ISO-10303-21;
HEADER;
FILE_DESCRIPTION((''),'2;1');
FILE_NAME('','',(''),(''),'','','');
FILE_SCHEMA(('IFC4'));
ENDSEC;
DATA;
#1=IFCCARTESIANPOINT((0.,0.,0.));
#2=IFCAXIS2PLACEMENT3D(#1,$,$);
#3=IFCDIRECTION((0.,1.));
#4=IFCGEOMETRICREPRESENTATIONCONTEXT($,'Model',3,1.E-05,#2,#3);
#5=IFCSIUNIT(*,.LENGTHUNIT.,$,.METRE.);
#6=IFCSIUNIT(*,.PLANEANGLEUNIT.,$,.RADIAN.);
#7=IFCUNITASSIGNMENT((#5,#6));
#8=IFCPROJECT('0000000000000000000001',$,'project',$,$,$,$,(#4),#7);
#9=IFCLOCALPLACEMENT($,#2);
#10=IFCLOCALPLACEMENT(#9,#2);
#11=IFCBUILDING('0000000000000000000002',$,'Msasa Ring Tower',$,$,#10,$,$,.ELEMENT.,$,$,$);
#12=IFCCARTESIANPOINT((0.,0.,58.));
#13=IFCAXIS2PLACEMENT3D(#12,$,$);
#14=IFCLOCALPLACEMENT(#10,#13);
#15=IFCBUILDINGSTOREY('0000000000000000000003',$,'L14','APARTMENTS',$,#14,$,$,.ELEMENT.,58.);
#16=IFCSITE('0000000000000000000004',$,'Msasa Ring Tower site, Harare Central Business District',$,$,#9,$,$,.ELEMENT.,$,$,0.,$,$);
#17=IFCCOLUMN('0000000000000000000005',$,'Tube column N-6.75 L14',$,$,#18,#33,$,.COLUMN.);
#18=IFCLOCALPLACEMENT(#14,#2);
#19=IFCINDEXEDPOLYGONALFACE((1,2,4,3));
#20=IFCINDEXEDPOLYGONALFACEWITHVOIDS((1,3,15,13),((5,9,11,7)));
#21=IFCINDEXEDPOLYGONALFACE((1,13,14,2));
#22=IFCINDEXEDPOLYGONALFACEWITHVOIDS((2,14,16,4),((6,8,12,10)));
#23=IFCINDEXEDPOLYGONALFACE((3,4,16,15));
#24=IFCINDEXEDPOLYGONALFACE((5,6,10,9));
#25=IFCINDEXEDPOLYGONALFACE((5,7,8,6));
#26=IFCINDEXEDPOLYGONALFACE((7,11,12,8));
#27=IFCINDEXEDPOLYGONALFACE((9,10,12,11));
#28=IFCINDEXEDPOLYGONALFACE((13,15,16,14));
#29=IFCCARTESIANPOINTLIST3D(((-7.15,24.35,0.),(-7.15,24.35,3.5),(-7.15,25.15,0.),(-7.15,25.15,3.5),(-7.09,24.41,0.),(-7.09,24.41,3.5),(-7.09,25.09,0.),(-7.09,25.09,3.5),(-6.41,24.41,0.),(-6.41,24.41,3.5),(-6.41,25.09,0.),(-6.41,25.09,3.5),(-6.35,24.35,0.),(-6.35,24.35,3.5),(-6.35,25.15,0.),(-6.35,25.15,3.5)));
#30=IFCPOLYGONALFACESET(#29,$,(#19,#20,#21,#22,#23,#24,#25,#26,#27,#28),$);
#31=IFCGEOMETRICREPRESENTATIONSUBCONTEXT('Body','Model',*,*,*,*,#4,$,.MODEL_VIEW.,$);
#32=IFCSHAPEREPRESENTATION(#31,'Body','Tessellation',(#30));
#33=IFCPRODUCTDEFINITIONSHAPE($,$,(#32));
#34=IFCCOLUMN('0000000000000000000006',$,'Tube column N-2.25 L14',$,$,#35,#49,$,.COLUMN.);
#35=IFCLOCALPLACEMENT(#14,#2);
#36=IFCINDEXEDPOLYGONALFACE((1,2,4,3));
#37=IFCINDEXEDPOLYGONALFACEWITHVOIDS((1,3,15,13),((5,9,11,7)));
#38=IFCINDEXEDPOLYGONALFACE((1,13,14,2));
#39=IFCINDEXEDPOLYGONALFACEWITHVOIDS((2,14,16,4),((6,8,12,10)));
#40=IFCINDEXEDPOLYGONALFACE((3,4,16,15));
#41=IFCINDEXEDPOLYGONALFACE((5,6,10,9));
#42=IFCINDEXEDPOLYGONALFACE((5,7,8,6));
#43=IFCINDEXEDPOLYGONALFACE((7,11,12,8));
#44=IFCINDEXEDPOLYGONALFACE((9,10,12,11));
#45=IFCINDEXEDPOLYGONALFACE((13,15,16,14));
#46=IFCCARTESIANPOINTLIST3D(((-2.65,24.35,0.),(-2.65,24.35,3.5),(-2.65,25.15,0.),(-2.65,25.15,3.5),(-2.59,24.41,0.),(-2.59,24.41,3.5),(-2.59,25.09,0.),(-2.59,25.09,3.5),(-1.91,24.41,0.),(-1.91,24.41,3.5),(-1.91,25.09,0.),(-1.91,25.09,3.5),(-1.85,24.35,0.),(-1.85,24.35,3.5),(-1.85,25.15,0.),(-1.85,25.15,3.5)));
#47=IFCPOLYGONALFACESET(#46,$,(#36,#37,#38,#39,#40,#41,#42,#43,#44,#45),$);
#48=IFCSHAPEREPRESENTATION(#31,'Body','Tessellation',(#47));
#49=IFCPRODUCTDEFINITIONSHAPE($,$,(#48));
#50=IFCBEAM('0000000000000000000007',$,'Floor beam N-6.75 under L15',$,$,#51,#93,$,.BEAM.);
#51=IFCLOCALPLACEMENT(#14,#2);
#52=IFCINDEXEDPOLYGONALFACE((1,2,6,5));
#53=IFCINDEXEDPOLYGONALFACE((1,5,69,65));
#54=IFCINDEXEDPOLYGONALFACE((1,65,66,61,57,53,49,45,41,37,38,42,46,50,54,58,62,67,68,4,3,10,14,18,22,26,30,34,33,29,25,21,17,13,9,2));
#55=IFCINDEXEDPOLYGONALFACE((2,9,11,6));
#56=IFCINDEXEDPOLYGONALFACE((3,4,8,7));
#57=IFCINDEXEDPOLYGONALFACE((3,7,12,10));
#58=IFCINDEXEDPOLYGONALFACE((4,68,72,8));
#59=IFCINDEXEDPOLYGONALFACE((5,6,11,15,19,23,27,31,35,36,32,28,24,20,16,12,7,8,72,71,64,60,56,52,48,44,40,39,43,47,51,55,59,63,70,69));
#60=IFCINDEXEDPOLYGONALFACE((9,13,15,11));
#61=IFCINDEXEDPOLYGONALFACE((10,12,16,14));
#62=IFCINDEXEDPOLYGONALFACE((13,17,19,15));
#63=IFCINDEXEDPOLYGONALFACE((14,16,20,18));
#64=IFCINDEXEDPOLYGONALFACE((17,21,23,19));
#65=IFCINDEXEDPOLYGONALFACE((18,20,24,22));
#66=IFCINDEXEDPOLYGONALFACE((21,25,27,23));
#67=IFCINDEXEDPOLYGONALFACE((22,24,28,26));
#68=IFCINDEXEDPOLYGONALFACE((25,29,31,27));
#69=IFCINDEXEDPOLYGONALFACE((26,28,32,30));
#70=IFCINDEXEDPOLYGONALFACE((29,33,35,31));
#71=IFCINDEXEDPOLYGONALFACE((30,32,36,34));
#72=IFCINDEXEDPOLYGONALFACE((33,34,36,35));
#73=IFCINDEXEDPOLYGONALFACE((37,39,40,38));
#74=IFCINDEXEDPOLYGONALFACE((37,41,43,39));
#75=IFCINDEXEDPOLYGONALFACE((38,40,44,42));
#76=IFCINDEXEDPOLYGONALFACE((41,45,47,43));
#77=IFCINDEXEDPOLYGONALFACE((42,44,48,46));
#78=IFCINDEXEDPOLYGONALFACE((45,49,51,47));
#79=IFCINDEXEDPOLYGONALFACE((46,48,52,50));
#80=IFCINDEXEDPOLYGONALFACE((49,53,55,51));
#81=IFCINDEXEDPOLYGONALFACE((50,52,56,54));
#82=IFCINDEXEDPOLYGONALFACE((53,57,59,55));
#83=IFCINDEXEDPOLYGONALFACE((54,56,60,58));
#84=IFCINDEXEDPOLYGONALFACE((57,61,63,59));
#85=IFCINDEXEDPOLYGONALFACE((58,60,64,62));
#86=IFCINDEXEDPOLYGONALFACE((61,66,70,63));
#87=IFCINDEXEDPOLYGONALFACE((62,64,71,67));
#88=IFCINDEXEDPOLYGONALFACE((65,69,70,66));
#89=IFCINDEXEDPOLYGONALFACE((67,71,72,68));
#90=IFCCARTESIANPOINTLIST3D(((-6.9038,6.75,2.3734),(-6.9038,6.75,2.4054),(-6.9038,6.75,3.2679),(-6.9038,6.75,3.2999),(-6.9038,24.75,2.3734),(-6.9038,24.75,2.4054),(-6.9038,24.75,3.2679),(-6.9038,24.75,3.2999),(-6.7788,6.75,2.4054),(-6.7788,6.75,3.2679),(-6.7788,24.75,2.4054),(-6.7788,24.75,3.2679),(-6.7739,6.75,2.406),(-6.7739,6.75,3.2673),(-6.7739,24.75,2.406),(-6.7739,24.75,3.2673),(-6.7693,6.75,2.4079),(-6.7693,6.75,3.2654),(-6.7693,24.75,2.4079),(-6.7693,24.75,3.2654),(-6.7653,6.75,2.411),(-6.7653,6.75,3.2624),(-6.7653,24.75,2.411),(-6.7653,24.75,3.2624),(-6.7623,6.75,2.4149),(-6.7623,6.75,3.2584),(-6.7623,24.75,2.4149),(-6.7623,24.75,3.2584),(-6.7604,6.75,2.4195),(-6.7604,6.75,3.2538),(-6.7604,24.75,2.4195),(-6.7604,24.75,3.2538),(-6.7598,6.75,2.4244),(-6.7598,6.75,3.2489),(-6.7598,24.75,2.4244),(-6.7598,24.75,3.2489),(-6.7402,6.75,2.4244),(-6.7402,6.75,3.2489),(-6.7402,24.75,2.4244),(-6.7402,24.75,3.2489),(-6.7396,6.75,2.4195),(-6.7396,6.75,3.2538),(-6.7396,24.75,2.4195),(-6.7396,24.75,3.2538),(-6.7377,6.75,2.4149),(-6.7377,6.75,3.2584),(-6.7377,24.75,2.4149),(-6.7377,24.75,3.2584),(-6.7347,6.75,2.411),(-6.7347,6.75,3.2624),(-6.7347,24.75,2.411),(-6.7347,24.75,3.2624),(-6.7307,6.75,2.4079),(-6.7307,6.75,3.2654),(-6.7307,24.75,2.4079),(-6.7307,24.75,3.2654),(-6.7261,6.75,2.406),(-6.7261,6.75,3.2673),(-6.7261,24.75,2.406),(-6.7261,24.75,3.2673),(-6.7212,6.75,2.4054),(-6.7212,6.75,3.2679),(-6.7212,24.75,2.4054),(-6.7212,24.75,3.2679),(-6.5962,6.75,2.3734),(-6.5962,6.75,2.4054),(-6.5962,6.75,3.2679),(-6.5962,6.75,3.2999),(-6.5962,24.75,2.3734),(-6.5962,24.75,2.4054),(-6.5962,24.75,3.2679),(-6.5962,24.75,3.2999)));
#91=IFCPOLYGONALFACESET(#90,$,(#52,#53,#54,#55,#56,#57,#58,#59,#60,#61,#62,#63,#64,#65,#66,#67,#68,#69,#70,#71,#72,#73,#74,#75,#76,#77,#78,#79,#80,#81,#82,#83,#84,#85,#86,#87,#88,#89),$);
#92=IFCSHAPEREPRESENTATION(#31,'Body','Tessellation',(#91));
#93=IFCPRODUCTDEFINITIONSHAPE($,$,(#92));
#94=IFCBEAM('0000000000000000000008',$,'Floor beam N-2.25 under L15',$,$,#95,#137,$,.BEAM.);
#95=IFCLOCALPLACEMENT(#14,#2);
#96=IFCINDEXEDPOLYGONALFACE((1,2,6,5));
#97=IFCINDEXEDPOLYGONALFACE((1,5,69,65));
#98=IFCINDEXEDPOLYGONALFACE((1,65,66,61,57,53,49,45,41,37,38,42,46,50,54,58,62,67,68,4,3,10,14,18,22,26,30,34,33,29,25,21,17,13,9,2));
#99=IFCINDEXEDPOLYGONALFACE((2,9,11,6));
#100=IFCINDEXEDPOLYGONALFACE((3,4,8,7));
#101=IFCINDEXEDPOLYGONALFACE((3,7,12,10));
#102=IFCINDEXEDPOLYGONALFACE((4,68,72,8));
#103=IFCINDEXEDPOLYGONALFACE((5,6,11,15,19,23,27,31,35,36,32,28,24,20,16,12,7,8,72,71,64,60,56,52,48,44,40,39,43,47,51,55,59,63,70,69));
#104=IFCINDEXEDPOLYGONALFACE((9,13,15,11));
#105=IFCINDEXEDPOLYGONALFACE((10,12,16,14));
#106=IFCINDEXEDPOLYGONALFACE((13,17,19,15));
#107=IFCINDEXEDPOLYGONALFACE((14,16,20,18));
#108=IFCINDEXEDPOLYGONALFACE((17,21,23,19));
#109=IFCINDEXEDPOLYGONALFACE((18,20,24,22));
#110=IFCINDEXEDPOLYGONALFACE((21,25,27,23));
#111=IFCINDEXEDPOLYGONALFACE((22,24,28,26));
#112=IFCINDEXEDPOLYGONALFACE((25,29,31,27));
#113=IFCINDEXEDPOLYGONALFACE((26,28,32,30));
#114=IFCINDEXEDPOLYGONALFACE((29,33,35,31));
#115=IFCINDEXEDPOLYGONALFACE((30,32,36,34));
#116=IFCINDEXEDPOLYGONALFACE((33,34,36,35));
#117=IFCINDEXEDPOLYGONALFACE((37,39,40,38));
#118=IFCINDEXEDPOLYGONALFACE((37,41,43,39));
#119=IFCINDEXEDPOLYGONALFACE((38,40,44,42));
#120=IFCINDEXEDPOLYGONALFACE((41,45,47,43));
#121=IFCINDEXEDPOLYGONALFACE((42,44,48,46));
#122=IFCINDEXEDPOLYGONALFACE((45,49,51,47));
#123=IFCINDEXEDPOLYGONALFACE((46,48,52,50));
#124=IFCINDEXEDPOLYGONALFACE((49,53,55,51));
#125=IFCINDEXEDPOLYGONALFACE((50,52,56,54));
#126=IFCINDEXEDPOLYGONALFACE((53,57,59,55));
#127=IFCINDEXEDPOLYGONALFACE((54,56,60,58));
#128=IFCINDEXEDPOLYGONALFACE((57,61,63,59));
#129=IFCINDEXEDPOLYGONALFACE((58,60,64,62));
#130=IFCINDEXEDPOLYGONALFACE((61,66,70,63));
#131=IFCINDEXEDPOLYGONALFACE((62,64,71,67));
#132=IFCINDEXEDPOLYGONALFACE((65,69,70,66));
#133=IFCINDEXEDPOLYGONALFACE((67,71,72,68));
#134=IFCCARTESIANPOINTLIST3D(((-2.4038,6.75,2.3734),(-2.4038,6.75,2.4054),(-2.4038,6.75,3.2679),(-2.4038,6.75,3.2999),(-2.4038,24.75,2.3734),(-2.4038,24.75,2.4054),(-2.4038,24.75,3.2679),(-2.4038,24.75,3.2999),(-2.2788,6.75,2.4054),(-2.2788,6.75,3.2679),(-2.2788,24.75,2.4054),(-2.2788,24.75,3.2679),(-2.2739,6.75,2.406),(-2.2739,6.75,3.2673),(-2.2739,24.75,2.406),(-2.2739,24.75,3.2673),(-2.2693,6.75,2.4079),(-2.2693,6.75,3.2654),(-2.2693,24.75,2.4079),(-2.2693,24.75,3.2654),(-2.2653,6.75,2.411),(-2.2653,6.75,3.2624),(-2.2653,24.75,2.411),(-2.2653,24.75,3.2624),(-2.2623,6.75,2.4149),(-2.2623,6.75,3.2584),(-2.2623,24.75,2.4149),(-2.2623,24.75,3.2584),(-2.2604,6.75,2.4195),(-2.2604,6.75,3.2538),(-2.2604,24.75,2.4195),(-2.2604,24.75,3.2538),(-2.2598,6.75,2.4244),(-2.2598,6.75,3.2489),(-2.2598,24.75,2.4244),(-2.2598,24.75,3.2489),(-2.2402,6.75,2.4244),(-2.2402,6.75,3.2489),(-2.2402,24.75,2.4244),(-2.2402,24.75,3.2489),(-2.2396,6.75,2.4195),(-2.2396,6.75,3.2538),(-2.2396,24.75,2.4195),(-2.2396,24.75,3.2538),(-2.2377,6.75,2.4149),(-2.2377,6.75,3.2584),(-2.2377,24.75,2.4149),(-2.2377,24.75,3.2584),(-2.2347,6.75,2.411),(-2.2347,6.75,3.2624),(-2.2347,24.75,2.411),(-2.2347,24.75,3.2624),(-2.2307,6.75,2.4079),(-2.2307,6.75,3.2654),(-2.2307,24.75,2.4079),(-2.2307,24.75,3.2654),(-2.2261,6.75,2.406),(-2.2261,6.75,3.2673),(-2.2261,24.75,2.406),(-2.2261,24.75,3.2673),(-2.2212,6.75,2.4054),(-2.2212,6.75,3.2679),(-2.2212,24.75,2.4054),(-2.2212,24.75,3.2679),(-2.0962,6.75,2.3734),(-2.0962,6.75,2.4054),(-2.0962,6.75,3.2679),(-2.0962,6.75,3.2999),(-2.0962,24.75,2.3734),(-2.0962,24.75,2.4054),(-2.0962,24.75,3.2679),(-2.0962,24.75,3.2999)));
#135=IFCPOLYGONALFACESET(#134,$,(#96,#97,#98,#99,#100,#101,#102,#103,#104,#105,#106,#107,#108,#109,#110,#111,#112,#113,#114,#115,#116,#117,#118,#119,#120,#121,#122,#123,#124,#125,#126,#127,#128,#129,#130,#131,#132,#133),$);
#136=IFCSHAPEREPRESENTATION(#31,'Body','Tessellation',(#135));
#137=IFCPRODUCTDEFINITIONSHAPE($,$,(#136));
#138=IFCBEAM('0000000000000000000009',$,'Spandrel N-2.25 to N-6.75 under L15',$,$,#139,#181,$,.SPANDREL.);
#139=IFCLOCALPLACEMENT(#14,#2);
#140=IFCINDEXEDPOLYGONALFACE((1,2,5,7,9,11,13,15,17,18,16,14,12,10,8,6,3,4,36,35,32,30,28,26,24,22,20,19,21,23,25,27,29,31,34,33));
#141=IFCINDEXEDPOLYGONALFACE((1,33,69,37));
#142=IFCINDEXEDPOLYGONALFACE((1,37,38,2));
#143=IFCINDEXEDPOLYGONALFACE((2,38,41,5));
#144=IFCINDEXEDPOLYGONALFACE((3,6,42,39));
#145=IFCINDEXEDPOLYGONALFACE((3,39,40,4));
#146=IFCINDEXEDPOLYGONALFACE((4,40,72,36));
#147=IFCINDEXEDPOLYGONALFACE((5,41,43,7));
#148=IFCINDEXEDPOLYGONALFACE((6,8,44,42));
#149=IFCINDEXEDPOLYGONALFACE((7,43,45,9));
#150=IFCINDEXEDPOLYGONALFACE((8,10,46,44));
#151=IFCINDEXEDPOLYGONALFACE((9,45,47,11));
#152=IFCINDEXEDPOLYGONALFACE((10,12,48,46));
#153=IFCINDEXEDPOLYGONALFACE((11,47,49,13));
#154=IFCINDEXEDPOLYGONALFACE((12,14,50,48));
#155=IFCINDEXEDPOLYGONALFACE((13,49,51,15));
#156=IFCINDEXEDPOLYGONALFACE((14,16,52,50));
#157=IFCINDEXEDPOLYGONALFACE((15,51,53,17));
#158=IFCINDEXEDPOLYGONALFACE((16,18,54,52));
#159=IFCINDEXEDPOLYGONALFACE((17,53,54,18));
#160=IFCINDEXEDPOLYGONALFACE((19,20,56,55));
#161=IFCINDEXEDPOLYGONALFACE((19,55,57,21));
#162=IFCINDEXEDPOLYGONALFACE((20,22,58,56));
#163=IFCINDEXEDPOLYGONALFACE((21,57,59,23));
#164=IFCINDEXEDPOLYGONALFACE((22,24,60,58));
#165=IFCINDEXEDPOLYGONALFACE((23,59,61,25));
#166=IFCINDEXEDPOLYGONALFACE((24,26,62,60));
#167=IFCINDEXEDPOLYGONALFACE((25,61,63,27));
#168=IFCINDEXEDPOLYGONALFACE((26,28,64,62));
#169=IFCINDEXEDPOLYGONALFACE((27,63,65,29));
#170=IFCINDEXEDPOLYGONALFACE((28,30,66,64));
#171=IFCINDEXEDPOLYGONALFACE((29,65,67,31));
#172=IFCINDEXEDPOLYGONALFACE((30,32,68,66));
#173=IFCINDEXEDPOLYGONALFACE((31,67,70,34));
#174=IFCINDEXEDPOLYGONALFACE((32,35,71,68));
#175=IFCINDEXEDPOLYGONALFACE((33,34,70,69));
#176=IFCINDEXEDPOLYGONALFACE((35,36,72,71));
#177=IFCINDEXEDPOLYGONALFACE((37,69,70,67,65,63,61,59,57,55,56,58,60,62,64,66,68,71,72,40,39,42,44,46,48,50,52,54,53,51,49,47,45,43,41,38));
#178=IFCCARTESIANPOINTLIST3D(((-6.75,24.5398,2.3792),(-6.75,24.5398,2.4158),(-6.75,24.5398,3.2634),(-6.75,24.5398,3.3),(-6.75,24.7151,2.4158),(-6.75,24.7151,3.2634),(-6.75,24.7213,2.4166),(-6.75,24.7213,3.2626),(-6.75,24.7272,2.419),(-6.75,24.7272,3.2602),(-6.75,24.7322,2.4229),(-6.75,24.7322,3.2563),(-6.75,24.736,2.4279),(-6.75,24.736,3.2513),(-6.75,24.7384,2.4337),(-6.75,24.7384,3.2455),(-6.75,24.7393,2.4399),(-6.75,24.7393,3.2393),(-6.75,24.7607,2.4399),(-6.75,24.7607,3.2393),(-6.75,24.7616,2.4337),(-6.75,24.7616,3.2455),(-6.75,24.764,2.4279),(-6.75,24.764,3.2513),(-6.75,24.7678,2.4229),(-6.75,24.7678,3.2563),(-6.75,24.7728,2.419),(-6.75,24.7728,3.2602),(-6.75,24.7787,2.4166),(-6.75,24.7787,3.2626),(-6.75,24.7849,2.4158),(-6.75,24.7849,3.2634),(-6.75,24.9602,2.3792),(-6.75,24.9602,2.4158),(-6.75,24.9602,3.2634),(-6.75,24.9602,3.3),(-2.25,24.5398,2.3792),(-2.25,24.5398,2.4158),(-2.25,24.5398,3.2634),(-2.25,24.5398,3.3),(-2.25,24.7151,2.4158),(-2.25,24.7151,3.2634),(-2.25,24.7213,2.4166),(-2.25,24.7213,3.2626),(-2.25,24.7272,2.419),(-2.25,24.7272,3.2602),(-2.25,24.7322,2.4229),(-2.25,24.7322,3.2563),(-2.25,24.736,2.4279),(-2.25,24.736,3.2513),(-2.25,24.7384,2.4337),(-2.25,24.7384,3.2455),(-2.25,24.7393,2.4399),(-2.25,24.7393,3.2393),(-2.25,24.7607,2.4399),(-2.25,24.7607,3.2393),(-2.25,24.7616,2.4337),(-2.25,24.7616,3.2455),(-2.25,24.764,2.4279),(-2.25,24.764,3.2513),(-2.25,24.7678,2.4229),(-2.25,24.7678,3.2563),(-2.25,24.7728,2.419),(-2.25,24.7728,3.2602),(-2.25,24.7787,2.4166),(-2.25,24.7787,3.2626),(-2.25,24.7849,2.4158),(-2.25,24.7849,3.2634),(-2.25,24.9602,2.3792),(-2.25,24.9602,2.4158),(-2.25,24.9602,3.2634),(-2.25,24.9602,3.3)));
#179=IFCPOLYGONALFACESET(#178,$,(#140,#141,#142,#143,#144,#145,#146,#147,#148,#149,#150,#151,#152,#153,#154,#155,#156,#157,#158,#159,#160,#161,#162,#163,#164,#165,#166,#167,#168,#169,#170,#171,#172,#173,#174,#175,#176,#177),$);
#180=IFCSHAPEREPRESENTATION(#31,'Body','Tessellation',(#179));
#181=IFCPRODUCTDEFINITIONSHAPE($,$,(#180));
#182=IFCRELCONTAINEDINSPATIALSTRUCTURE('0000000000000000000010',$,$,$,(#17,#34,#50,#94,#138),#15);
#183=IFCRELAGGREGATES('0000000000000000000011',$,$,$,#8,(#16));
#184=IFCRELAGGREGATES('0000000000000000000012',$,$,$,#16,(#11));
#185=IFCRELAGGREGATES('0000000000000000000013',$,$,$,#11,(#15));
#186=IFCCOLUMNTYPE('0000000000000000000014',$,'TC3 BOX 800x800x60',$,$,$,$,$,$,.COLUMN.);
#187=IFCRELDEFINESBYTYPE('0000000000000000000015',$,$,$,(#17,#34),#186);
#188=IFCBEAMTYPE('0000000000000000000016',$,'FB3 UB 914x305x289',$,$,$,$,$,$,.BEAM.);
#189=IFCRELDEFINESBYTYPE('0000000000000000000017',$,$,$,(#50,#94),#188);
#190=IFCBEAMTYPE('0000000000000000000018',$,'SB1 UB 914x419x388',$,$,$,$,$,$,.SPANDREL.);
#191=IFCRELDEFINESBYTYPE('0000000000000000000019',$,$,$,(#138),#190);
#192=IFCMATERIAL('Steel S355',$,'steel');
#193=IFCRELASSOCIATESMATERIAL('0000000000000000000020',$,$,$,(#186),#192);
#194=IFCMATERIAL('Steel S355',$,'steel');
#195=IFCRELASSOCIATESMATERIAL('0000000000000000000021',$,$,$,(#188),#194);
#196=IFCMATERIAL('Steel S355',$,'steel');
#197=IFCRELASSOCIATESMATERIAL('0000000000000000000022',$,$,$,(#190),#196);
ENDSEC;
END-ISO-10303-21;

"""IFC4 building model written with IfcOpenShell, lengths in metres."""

from ifc_helpers import new_model, si_unit, direction, frame, origin, origin_2d, place, context, subcontext, project, spatial, hollow_rectangle, i_section, extrude, material, material_profile, profile_set, type_object, element, save


model = new_model("IFC4")

# Units and contexts
model_context = context("Model", 3, precision=1e-05, world=origin(), true_north=direction((0.0, 1.0)))
body_context = subcontext(model_context, "Body", "Model", "MODEL_VIEW")
ifc_project = project(units=[si_unit("LENGTHUNIT", "METRE"), si_unit("PLANEANGLEUNIT", "RADIAN")], contexts=[model_context])

# Site, building, storey
site_placement = place(None, origin())
site = spatial("IfcSite", under=ifc_project, at=site_placement, Name="Msasa Ring Tower site, Harare Central Business District", CompositionType="ELEMENT", RefElevation=0.0)
building_placement = place(site_placement, origin())
building = spatial("IfcBuilding", under=site, at=building_placement, Name="Msasa Ring Tower", CompositionType="ELEMENT")
storey_placement = place(building_placement, frame((0.0, 0.0, 58.0)))
storey = spatial("IfcBuildingStorey", under=building, at=storey_placement, Name="L14", Description="APARTMENTS", CompositionType="ELEMENT", Elevation=58.0)

# Columns
ifc_material_1 = material(Name="Steel S355", Category="steel")
ifc_material_profile_1 = material_profile(ifc_material_1, hollow_rectangle(XDim=0.8, YDim=0.8, WallThickness=0.0601, at=origin_2d()), Name="BOX 800x800x60")
ifc_profile_set_1 = profile_set([ifc_material_profile_1], Name="Steel S355")
column_type = type_object("IfcColumnType", Name="TC3 BOX 800x800x60", PredefinedType="COLUMN", material=ifc_profile_set_1)
for number, where, z_axis, x_axis, name in (
    (1, (-6.75, 24.75, 0.0), (0.0, 0.0, 1.0), (0.0, 1.0, 0.0), "Tube column N-6.75 L14"),
    (2, (-2.25, 24.75, 0.0), (0.0, 0.0, 1.0), (0.0, 1.0, 0.0), "Tube column N-2.25 L14"),
):
    element("IfcColumn", number, at=place(storey_placement, frame(where, z_axis=z_axis, x_axis=x_axis)), inside=storey, type_object=column_type, Name=name, PredefinedType="COLUMN", context=body_context, shape_type="SweptSolid", body=[
        extrude(hollow_rectangle(XDim=0.8, YDim=0.8, WallThickness=0.0601, at=origin_2d()), origin(), (0.0, 0.0, 1.0), 3.5),
    ])

# Beams
ifc_material_2 = material(Name="Steel S355", Category="steel")
ifc_material_profile_2 = material_profile(ifc_material_2, i_section(OverallWidth=0.3076, OverallDepth=0.9265, WebThickness=0.0195, FlangeThickness=0.032, FilletRadius=0.019, at=origin_2d()), Name="UB 914x305x289")
ifc_profile_set_2 = profile_set([ifc_material_profile_2], Name="Steel S355")
beam_type_1 = type_object("IfcBeamType", Name="FB3 UB 914x305x289", PredefinedType="BEAM", material=ifc_profile_set_2)
for number, where, z_axis, x_axis, name in (
    (3, (-6.75, 24.75, 2.8367), (0.0, -1.0, 0.0), (1.0, 0.0, 0.0), "Floor beam N-6.75 under L15"),
    (4, (-2.25, 24.75, 2.8367), (0.0, -1.0, 0.0), (1.0, 0.0, 0.0), "Floor beam N-2.25 under L15"),
):
    element("IfcBeam", number, at=place(storey_placement, frame(where, z_axis=z_axis, x_axis=x_axis)), inside=storey, type_object=beam_type_1, Name=name, PredefinedType="BEAM", context=body_context, shape_type="SweptSolid", body=[
        extrude(i_section(OverallWidth=0.3076, OverallDepth=0.9265, WebThickness=0.0195, FlangeThickness=0.032, FilletRadius=0.019, at=origin_2d()), origin(), (0.0, 0.0, 1.0), 18.0),
    ])
ifc_material_3 = material(Name="Steel S355", Category="steel")
ifc_material_profile_3 = material_profile(ifc_material_3, i_section(OverallWidth=0.4204, OverallDepth=0.9209, WebThickness=0.0215, FlangeThickness=0.0366, FilletRadius=0.0242, at=origin_2d()), Name="UB 914x419x388")
ifc_profile_set_3 = profile_set([ifc_material_profile_3], Name="Steel S355")
beam_type_2 = type_object("IfcBeamType", Name="SB1 UB 914x419x388", PredefinedType="SPANDREL", material=ifc_profile_set_3)
for number, where, z_axis, x_axis, name in (
    (5, (-2.25, 24.75, 2.8396), (-1.0, 0.0, 0.0), (0.0, -1.0, 0.0), "Spandrel N-2.25 to N-6.75 under L15"),
):
    element("IfcBeam", number, at=place(storey_placement, frame(where, z_axis=z_axis, x_axis=x_axis)), inside=storey, type_object=beam_type_2, Name=name, PredefinedType="SPANDREL", context=body_context, shape_type="SweptSolid", body=[
        extrude(i_section(OverallWidth=0.4204, OverallDepth=0.9209, WebThickness=0.0215, FlangeThickness=0.0366, FilletRadius=0.0242, at=origin_2d()), origin(), (0.0, 0.0, 1.0), 4.5),
    ])

save(model, "model.ifc")
